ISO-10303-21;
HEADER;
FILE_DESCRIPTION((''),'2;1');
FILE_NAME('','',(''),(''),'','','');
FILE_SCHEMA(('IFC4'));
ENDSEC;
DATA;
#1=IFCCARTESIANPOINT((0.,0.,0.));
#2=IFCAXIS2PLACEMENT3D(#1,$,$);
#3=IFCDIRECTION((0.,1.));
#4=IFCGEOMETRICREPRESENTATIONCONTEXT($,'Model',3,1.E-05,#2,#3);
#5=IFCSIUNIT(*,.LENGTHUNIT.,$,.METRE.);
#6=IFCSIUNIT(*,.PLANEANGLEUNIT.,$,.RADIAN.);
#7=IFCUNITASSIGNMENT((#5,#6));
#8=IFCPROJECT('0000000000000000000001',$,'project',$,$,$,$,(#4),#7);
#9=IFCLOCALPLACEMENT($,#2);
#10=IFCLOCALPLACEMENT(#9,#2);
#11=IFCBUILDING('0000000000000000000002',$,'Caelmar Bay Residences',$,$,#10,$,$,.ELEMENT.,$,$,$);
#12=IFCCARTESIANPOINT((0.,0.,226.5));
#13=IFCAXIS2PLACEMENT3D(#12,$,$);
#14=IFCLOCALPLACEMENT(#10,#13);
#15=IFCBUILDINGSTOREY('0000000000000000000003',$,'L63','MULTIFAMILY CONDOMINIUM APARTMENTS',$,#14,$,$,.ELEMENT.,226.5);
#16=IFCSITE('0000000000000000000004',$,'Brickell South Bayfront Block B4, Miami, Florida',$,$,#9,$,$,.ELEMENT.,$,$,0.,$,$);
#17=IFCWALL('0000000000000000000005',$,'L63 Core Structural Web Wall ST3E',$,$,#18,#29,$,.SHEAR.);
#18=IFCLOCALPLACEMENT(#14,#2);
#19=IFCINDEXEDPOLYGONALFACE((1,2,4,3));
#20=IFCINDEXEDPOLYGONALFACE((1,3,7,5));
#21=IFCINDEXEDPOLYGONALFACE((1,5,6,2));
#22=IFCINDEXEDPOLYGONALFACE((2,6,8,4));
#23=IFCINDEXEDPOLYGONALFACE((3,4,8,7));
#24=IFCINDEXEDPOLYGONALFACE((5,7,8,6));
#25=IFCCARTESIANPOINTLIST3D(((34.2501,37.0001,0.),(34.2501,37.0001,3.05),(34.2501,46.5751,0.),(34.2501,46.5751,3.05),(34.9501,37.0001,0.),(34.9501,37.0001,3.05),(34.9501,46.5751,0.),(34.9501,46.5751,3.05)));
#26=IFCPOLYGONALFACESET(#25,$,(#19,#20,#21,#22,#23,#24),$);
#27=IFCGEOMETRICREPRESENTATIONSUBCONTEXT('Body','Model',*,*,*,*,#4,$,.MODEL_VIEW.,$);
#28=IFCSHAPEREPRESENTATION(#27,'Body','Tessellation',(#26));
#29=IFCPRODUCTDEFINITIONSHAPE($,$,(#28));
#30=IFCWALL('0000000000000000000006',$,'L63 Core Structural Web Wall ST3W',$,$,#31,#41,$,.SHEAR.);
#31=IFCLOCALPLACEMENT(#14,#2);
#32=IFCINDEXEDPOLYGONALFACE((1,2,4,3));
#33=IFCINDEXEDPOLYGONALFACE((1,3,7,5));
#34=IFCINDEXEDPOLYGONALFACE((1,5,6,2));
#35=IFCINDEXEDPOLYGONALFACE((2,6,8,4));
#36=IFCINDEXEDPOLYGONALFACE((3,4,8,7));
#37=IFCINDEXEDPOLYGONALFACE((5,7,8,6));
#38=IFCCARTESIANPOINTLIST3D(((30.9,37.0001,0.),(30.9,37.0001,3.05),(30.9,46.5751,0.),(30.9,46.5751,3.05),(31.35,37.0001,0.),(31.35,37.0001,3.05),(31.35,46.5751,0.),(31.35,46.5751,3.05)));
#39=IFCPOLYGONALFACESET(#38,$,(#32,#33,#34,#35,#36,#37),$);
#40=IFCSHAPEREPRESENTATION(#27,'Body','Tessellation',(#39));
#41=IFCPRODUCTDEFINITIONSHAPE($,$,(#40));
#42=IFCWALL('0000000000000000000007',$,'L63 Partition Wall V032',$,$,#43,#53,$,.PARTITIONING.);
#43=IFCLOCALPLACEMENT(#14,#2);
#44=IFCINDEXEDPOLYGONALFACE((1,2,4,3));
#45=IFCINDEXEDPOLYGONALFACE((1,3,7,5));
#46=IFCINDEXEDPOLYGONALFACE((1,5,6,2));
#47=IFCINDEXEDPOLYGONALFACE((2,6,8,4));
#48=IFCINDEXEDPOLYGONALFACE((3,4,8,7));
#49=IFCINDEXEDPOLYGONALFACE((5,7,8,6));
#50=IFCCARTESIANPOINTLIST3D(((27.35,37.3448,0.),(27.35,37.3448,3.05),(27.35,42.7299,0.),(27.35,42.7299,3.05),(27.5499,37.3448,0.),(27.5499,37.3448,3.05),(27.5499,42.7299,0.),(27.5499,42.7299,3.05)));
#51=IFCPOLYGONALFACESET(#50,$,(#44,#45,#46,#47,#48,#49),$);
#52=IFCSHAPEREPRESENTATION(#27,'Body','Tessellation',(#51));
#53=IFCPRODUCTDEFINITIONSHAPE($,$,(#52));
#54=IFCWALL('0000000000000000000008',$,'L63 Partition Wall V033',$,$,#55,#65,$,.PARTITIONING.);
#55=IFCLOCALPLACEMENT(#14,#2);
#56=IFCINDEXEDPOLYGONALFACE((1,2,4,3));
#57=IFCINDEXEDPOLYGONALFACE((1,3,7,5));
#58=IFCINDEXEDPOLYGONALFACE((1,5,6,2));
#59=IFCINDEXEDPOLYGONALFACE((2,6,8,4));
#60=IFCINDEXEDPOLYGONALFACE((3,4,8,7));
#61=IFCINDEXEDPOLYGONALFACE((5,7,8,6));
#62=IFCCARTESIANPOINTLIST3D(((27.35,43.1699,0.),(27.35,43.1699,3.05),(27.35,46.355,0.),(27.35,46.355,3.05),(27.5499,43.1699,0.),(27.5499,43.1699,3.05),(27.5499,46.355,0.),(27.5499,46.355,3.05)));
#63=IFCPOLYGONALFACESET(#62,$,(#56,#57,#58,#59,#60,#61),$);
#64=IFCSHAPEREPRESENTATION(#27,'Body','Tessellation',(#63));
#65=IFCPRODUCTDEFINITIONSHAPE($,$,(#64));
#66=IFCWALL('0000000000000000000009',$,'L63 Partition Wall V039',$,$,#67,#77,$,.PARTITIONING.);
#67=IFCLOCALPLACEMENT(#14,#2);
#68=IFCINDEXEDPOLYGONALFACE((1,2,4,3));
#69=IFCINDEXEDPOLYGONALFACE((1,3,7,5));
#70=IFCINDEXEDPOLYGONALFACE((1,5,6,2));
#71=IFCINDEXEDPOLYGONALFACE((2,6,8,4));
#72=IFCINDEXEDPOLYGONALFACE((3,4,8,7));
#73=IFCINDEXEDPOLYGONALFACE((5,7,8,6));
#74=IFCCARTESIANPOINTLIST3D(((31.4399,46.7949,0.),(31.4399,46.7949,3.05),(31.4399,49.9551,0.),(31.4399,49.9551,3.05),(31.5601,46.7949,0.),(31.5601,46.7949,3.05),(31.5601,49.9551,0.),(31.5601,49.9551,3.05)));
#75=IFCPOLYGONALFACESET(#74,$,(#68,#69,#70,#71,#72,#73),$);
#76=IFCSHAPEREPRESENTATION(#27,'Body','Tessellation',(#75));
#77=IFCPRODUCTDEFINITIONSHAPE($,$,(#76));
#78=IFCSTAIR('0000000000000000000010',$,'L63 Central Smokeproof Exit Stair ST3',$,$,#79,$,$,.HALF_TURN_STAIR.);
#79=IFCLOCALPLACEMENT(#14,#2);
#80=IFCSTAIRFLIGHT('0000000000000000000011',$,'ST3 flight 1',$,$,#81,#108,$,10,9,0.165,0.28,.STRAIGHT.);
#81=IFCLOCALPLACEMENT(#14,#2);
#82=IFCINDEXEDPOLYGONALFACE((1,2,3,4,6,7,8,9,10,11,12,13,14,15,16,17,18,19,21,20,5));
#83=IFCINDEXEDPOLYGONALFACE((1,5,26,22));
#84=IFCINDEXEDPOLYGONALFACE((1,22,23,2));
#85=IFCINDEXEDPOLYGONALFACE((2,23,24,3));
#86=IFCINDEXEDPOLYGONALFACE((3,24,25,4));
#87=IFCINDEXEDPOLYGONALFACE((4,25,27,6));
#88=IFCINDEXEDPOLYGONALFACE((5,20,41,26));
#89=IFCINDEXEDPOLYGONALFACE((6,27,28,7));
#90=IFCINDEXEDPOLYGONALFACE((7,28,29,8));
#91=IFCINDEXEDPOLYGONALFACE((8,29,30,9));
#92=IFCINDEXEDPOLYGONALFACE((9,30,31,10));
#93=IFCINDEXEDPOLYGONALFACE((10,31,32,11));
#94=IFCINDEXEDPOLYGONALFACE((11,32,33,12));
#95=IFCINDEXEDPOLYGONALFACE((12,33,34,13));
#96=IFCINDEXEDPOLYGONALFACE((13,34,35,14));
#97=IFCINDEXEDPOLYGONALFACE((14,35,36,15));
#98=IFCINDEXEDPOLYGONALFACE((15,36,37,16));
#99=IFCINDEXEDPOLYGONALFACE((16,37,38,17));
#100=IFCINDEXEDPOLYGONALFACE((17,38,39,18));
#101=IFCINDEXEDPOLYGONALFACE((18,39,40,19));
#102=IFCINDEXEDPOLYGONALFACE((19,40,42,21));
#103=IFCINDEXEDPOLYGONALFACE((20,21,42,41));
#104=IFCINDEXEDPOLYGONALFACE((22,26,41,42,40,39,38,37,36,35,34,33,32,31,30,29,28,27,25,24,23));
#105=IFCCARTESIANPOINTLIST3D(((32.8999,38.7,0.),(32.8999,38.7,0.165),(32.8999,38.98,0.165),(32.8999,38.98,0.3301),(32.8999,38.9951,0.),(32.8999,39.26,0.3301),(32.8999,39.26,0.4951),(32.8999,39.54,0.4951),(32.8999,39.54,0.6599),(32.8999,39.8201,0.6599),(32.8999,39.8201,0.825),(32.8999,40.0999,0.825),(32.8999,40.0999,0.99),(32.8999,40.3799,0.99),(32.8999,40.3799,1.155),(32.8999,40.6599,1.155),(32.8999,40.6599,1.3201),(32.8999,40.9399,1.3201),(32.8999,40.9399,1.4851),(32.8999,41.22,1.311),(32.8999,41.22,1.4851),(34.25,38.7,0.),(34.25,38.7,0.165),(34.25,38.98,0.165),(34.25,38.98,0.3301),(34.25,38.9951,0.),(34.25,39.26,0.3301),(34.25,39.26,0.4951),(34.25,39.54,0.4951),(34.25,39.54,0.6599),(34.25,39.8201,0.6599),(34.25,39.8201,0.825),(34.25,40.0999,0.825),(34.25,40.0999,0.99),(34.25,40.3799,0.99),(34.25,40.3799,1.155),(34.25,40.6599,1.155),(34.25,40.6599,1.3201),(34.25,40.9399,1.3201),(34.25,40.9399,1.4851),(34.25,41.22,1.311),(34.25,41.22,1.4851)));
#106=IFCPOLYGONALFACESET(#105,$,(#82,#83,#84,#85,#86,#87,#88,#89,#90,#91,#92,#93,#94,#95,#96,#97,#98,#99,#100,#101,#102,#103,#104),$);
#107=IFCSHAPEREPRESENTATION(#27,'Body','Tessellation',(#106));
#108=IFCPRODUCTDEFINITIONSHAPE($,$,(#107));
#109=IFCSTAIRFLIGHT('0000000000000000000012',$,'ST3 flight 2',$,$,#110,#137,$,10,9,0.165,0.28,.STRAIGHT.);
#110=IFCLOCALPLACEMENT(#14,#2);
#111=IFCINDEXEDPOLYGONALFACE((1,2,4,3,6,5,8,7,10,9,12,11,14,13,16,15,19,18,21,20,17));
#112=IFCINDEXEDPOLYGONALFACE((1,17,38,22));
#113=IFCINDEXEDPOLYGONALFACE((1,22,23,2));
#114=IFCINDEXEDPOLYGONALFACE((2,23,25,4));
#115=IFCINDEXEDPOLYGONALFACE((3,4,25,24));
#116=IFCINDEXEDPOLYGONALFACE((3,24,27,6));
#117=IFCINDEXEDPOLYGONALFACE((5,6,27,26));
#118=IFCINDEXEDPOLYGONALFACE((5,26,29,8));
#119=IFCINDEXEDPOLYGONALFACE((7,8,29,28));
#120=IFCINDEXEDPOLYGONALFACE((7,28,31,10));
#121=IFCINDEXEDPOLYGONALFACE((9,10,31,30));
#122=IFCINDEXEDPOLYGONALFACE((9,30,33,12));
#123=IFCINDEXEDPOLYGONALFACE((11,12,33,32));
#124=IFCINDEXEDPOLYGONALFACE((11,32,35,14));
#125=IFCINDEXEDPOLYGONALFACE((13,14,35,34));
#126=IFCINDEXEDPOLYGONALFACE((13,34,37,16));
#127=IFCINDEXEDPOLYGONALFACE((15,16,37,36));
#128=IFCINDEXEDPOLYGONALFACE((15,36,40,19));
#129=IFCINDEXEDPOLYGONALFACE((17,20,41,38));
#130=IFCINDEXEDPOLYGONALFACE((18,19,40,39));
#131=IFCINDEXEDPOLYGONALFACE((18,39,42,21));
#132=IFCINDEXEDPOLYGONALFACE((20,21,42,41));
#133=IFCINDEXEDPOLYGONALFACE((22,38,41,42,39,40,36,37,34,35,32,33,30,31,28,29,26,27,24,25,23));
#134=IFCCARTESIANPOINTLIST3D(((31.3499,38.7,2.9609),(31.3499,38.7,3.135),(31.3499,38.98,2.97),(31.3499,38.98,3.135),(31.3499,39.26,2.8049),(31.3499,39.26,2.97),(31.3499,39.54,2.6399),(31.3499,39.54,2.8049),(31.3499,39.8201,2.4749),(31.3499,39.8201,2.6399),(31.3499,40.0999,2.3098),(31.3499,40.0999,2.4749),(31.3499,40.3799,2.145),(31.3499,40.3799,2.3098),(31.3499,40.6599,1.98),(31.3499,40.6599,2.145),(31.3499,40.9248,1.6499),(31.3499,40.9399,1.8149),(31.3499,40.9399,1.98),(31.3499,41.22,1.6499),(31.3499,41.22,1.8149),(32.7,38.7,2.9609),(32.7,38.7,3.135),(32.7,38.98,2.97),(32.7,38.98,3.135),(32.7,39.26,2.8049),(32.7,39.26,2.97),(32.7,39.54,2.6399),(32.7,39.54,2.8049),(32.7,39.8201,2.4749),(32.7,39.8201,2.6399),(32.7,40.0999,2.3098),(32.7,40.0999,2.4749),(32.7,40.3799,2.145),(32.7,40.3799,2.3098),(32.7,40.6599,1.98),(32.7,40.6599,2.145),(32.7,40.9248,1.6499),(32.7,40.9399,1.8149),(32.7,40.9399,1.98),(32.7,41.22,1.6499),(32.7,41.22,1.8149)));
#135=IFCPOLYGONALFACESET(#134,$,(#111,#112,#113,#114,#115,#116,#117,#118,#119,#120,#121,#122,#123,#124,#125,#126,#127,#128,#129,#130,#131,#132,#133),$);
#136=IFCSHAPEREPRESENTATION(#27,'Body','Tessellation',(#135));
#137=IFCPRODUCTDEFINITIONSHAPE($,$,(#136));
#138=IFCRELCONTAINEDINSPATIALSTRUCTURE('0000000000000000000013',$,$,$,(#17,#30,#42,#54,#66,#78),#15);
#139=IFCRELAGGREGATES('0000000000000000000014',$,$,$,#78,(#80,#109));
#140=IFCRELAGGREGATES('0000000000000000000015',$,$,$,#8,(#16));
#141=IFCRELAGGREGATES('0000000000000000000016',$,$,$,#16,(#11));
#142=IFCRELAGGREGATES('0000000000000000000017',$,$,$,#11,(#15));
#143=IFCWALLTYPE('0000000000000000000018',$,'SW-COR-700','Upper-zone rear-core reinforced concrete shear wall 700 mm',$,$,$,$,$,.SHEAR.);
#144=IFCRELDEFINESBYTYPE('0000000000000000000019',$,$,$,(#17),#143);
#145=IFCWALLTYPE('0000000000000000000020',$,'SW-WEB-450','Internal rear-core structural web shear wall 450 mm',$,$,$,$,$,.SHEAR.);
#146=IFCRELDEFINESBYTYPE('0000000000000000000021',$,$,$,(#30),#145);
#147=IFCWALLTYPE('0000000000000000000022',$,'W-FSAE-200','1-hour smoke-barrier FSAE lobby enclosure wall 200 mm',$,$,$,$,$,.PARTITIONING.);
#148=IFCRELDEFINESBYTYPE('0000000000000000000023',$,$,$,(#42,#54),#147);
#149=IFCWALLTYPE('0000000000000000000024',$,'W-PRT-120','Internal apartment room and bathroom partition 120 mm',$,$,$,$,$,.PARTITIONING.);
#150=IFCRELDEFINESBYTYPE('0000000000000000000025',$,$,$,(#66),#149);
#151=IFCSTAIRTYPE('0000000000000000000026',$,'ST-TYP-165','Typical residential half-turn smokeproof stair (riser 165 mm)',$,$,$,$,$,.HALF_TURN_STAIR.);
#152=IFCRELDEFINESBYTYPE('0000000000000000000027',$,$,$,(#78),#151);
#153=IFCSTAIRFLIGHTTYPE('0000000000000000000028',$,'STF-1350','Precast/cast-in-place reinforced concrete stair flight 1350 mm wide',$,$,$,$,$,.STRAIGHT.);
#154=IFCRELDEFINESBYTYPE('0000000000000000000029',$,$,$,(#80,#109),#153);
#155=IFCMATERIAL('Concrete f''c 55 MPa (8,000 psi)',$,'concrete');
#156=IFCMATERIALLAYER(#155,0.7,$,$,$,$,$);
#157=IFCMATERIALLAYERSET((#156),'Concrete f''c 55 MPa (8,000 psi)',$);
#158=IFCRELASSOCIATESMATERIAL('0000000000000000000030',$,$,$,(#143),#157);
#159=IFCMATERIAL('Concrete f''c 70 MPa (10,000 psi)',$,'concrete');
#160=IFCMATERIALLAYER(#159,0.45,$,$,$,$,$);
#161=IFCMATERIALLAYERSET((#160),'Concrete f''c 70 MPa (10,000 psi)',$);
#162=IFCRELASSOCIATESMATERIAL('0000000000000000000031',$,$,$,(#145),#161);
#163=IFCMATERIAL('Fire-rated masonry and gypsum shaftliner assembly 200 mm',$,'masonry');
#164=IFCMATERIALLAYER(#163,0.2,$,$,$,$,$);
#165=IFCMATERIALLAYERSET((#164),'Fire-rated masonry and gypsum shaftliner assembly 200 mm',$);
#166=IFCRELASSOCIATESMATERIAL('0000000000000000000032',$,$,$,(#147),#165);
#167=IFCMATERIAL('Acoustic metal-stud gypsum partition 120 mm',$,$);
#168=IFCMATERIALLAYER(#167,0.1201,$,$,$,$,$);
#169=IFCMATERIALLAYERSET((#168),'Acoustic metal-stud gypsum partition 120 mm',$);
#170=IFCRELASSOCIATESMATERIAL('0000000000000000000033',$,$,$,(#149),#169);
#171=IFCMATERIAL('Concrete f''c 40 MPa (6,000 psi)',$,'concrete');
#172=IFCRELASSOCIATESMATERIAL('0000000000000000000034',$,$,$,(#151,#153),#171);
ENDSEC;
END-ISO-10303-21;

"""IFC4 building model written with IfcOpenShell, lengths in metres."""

from ifc_helpers import new_model, si_unit, direction, frame, frame_2d, origin, place, context, subcontext, project, spatial, polyline, rectangle, outline, extrude, material, layer, layer_set, type_object, element, aggregate, save


model = new_model("IFC4")

# Units and contexts
model_context = context("Model", 3, precision=1e-05, world=origin(), true_north=direction((0.0, 1.0)))
body_context = subcontext(model_context, "Body", "Model", "MODEL_VIEW")
ifc_project = project(units=[si_unit("LENGTHUNIT", "METRE"), si_unit("PLANEANGLEUNIT", "RADIAN")], contexts=[model_context])

# Site, building, storey
site_placement = place(None, origin())
site = spatial("IfcSite", under=ifc_project, at=site_placement, Name="Brickell South Bayfront Block B4, Miami, Florida", CompositionType="ELEMENT", RefElevation=0.0)
building_placement = place(site_placement, origin())
building = spatial("IfcBuilding", under=site, at=building_placement, Name="Caelmar Bay Residences", CompositionType="ELEMENT")
storey_placement = place(building_placement, frame((0.0, 0.0, 226.5)))
storey = spatial("IfcBuildingStorey", under=building, at=storey_placement, Name="L63", Description="MULTIFAMILY CONDOMINIUM APARTMENTS", CompositionType="ELEMENT", Elevation=226.5)

# Walls
ifc_material_1 = material(Name="Concrete f'c 55 MPa (8,000 psi)", Category="concrete")
ifc_layer_1 = layer(ifc_material_1, 0.7)
ifc_layer_set_1 = layer_set([ifc_layer_1], Name="Concrete f'c 55 MPa (8,000 psi)")
wall_type_1 = type_object("IfcWallType", Name="SW-COR-700", Description="Upper-zone rear-core reinforced concrete shear wall 700 mm", PredefinedType="SHEAR", material=ifc_layer_set_1)
wall_1_placement = place(storey_placement, frame((34.6001, 37.0, 0.0), z_axis=(0.0, 0.0, 1.0), x_axis=(0.0, 1.0, 0.0)))
element("IfcWall", 1, at=wall_1_placement, inside=storey, type_object=wall_type_1, Name="L63 Core Structural Web Wall ST3E", PredefinedType="SHEAR", context=body_context, shape_type="SweptSolid", body=[
    extrude(rectangle(XDim=9.575, YDim=0.7, at=frame_2d((4.7876, 0.0))), origin(), (0.0, 0.0, 1.0), 3.05),
])
ifc_material_2 = material(Name="Concrete f'c 70 MPa (10,000 psi)", Category="concrete")
ifc_layer_2 = layer(ifc_material_2, 0.45)
ifc_layer_set_2 = layer_set([ifc_layer_2], Name="Concrete f'c 70 MPa (10,000 psi)")
wall_type_2 = type_object("IfcWallType", Name="SW-WEB-450", Description="Internal rear-core structural web shear wall 450 mm", PredefinedType="SHEAR", material=ifc_layer_set_2)
wall_2_placement = place(storey_placement, frame((31.125, 37.0, 0.0), z_axis=(0.0, 0.0, 1.0), x_axis=(0.0, 1.0, 0.0)))
element("IfcWall", 2, at=wall_2_placement, inside=storey, type_object=wall_type_2, Name="L63 Core Structural Web Wall ST3W", PredefinedType="SHEAR", context=body_context, shape_type="SweptSolid", body=[
    extrude(rectangle(XDim=9.575, YDim=0.45, at=frame_2d((4.7876, 0.0))), origin(), (0.0, 0.0, 1.0), 3.05),
])
ifc_material_3 = material(Name="Fire-rated masonry and gypsum shaftliner assembly 200 mm", Category="masonry")
ifc_layer_3 = layer(ifc_material_3, 0.2)
ifc_layer_set_3 = layer_set([ifc_layer_3], Name="Fire-rated masonry and gypsum shaftliner assembly 200 mm")
wall_type_3 = type_object("IfcWallType", Name="W-FSAE-200", Description="1-hour smoke-barrier FSAE lobby enclosure wall 200 mm", PredefinedType="PARTITIONING", material=ifc_layer_set_3)
wall_3_placement = place(storey_placement, frame((27.45, 37.345, 0.0), z_axis=(0.0, 0.0, 1.0), x_axis=(0.0, 1.0, 0.0)))
element("IfcWall", 3, at=wall_3_placement, inside=storey, type_object=wall_type_3, Name="L63 Partition Wall V032", PredefinedType="PARTITIONING", context=body_context, shape_type="SweptSolid", body=[
    extrude(rectangle(XDim=5.385, YDim=0.2, at=frame_2d((2.6924, 0.0))), origin(), (0.0, 0.0, 1.0), 3.05),
])
wall_4_placement = place(storey_placement, frame((27.45, 43.1699, 0.0), z_axis=(0.0, 0.0, 1.0), x_axis=(0.0, 1.0, 0.0)))
element("IfcWall", 4, at=wall_4_placement, inside=storey, type_object=wall_type_3, Name="L63 Partition Wall V033", PredefinedType="PARTITIONING", context=body_context, shape_type="SweptSolid", body=[
    extrude(rectangle(XDim=3.1851, YDim=0.2, at=frame_2d((1.5925, 0.0))), origin(), (0.0, 0.0, 1.0), 3.05),
])
ifc_material_4 = material(Name="Acoustic metal-stud gypsum partition 120 mm")
ifc_layer_4 = layer(ifc_material_4, 0.1201)
ifc_layer_set_4 = layer_set([ifc_layer_4], Name="Acoustic metal-stud gypsum partition 120 mm")
wall_type_4 = type_object("IfcWallType", Name="W-PRT-120", Description="Internal apartment room and bathroom partition 120 mm", PredefinedType="PARTITIONING", material=ifc_layer_set_4)
wall_5_placement = place(storey_placement, frame((31.5, 46.7949, 0.0), z_axis=(0.0, 0.0, 1.0), x_axis=(0.0, 1.0, 0.0)))
element("IfcWall", 5, at=wall_5_placement, inside=storey, type_object=wall_type_4, Name="L63 Partition Wall V039", PredefinedType="PARTITIONING", context=body_context, shape_type="SweptSolid", body=[
    extrude(rectangle(XDim=3.1602, YDim=0.1201, at=frame_2d((1.5801, 0.0))), origin(), (0.0, 0.0, 1.0), 3.05),
])

# Stair, stair flights
ifc_material_5 = material(Name="Concrete f'c 40 MPa (6,000 psi)", Category="concrete")
stair_type = type_object("IfcStairType", Name="ST-TYP-165", Description="Typical residential half-turn smokeproof stair (riser 165 mm)", PredefinedType="HALF_TURN_STAIR", material=ifc_material_5)
stair_placement = place(storey_placement, origin())
stair = element("IfcStair", 6, at=stair_placement, inside=storey, type_object=stair_type, Name="L63 Central Smokeproof Exit Stair ST3", PredefinedType="HALF_TURN_STAIR")
stair_flight_type = type_object("IfcStairFlightType", Name="STF-1350", Description="Precast/cast-in-place reinforced concrete stair flight 1350 mm wide", PredefinedType="STRAIGHT", material=ifc_material_5)
stair_flight_1_placement = place(storey_placement, frame((33.575, 38.7, 0.0), z_axis=(0.0, 0.0, 1.0), x_axis=(0.0, 1.0, 0.0)))
stair_flight_1 = element("IfcStairFlight", 7, at=stair_flight_1_placement, type_object=stair_flight_type, Name="ST3 flight 1", NumberOfRisers=10, NumberOfTreads=9, PredefinedType="STRAIGHT", RiserHeight=0.165, TreadLength=0.28, context=body_context, shape_type="SweptSolid", body=[
    extrude(outline(polyline([(0.0, 0.0), (0.0, 0.165), (0.28, 0.165), (0.28, 0.3301), (0.5601, 0.3301), (0.5601, 0.4951), (0.8401, 0.4951), (0.8401, 0.6599), (1.1201, 0.6599), (1.1201, 0.825), (1.3999, 0.825), (1.3999, 0.99), (1.6799, 0.99), (1.6799, 1.155), (1.96, 1.155), (1.96, 1.3201), (2.24, 1.3201), (2.24, 1.4851), (2.52, 1.4851), (2.52, 1.6499), (2.52, 1.311), (0.2952, 0.0), (0.0, 0.0)])), frame((0.0, 0.675, 0.0), z_axis=(0.0, -1.0, 0.0), x_axis=(1.0, 0.0, 0.0)), (0.0, 0.0, 1.0), 1.3501),
])
stair_flight_2_placement = place(storey_placement, frame((32.0249, 41.22, 1.6499), z_axis=(0.0, 0.0, 1.0), x_axis=(0.0, -1.0, 0.0)))
stair_flight_2 = element("IfcStairFlight", 8, at=stair_flight_2_placement, type_object=stair_flight_type, Name="ST3 flight 2", NumberOfRisers=10, NumberOfTreads=9, PredefinedType="STRAIGHT", RiserHeight=0.165, TreadLength=0.28, context=body_context, shape_type="SweptSolid", body=[
    extrude(outline(polyline([(0.0, 0.0), (0.0, 0.165), (0.28, 0.165), (0.28, 0.3301), (0.5601, 0.3301), (0.5601, 0.4951), (0.8401, 0.4951), (0.8401, 0.6599), (1.1201, 0.6599), (1.1201, 0.825), (1.3999, 0.825), (1.3999, 0.99), (1.6799, 0.99), (1.6799, 1.155), (1.96, 1.155), (1.96, 1.3201), (2.24, 1.3201), (2.24, 1.4851), (2.52, 1.4851), (2.52, 1.6499), (2.52, 1.311), (0.2952, 0.0), (0.0, 0.0)])), frame((0.0, 0.675, 0.0), z_axis=(0.0, -1.0, 0.0), x_axis=(1.0, 0.0, 0.0)), (0.0, 0.0, 1.0), 1.3501),
])
aggregate(stair, [stair_flight_1, stair_flight_2])

save(model, "model.ifc")
